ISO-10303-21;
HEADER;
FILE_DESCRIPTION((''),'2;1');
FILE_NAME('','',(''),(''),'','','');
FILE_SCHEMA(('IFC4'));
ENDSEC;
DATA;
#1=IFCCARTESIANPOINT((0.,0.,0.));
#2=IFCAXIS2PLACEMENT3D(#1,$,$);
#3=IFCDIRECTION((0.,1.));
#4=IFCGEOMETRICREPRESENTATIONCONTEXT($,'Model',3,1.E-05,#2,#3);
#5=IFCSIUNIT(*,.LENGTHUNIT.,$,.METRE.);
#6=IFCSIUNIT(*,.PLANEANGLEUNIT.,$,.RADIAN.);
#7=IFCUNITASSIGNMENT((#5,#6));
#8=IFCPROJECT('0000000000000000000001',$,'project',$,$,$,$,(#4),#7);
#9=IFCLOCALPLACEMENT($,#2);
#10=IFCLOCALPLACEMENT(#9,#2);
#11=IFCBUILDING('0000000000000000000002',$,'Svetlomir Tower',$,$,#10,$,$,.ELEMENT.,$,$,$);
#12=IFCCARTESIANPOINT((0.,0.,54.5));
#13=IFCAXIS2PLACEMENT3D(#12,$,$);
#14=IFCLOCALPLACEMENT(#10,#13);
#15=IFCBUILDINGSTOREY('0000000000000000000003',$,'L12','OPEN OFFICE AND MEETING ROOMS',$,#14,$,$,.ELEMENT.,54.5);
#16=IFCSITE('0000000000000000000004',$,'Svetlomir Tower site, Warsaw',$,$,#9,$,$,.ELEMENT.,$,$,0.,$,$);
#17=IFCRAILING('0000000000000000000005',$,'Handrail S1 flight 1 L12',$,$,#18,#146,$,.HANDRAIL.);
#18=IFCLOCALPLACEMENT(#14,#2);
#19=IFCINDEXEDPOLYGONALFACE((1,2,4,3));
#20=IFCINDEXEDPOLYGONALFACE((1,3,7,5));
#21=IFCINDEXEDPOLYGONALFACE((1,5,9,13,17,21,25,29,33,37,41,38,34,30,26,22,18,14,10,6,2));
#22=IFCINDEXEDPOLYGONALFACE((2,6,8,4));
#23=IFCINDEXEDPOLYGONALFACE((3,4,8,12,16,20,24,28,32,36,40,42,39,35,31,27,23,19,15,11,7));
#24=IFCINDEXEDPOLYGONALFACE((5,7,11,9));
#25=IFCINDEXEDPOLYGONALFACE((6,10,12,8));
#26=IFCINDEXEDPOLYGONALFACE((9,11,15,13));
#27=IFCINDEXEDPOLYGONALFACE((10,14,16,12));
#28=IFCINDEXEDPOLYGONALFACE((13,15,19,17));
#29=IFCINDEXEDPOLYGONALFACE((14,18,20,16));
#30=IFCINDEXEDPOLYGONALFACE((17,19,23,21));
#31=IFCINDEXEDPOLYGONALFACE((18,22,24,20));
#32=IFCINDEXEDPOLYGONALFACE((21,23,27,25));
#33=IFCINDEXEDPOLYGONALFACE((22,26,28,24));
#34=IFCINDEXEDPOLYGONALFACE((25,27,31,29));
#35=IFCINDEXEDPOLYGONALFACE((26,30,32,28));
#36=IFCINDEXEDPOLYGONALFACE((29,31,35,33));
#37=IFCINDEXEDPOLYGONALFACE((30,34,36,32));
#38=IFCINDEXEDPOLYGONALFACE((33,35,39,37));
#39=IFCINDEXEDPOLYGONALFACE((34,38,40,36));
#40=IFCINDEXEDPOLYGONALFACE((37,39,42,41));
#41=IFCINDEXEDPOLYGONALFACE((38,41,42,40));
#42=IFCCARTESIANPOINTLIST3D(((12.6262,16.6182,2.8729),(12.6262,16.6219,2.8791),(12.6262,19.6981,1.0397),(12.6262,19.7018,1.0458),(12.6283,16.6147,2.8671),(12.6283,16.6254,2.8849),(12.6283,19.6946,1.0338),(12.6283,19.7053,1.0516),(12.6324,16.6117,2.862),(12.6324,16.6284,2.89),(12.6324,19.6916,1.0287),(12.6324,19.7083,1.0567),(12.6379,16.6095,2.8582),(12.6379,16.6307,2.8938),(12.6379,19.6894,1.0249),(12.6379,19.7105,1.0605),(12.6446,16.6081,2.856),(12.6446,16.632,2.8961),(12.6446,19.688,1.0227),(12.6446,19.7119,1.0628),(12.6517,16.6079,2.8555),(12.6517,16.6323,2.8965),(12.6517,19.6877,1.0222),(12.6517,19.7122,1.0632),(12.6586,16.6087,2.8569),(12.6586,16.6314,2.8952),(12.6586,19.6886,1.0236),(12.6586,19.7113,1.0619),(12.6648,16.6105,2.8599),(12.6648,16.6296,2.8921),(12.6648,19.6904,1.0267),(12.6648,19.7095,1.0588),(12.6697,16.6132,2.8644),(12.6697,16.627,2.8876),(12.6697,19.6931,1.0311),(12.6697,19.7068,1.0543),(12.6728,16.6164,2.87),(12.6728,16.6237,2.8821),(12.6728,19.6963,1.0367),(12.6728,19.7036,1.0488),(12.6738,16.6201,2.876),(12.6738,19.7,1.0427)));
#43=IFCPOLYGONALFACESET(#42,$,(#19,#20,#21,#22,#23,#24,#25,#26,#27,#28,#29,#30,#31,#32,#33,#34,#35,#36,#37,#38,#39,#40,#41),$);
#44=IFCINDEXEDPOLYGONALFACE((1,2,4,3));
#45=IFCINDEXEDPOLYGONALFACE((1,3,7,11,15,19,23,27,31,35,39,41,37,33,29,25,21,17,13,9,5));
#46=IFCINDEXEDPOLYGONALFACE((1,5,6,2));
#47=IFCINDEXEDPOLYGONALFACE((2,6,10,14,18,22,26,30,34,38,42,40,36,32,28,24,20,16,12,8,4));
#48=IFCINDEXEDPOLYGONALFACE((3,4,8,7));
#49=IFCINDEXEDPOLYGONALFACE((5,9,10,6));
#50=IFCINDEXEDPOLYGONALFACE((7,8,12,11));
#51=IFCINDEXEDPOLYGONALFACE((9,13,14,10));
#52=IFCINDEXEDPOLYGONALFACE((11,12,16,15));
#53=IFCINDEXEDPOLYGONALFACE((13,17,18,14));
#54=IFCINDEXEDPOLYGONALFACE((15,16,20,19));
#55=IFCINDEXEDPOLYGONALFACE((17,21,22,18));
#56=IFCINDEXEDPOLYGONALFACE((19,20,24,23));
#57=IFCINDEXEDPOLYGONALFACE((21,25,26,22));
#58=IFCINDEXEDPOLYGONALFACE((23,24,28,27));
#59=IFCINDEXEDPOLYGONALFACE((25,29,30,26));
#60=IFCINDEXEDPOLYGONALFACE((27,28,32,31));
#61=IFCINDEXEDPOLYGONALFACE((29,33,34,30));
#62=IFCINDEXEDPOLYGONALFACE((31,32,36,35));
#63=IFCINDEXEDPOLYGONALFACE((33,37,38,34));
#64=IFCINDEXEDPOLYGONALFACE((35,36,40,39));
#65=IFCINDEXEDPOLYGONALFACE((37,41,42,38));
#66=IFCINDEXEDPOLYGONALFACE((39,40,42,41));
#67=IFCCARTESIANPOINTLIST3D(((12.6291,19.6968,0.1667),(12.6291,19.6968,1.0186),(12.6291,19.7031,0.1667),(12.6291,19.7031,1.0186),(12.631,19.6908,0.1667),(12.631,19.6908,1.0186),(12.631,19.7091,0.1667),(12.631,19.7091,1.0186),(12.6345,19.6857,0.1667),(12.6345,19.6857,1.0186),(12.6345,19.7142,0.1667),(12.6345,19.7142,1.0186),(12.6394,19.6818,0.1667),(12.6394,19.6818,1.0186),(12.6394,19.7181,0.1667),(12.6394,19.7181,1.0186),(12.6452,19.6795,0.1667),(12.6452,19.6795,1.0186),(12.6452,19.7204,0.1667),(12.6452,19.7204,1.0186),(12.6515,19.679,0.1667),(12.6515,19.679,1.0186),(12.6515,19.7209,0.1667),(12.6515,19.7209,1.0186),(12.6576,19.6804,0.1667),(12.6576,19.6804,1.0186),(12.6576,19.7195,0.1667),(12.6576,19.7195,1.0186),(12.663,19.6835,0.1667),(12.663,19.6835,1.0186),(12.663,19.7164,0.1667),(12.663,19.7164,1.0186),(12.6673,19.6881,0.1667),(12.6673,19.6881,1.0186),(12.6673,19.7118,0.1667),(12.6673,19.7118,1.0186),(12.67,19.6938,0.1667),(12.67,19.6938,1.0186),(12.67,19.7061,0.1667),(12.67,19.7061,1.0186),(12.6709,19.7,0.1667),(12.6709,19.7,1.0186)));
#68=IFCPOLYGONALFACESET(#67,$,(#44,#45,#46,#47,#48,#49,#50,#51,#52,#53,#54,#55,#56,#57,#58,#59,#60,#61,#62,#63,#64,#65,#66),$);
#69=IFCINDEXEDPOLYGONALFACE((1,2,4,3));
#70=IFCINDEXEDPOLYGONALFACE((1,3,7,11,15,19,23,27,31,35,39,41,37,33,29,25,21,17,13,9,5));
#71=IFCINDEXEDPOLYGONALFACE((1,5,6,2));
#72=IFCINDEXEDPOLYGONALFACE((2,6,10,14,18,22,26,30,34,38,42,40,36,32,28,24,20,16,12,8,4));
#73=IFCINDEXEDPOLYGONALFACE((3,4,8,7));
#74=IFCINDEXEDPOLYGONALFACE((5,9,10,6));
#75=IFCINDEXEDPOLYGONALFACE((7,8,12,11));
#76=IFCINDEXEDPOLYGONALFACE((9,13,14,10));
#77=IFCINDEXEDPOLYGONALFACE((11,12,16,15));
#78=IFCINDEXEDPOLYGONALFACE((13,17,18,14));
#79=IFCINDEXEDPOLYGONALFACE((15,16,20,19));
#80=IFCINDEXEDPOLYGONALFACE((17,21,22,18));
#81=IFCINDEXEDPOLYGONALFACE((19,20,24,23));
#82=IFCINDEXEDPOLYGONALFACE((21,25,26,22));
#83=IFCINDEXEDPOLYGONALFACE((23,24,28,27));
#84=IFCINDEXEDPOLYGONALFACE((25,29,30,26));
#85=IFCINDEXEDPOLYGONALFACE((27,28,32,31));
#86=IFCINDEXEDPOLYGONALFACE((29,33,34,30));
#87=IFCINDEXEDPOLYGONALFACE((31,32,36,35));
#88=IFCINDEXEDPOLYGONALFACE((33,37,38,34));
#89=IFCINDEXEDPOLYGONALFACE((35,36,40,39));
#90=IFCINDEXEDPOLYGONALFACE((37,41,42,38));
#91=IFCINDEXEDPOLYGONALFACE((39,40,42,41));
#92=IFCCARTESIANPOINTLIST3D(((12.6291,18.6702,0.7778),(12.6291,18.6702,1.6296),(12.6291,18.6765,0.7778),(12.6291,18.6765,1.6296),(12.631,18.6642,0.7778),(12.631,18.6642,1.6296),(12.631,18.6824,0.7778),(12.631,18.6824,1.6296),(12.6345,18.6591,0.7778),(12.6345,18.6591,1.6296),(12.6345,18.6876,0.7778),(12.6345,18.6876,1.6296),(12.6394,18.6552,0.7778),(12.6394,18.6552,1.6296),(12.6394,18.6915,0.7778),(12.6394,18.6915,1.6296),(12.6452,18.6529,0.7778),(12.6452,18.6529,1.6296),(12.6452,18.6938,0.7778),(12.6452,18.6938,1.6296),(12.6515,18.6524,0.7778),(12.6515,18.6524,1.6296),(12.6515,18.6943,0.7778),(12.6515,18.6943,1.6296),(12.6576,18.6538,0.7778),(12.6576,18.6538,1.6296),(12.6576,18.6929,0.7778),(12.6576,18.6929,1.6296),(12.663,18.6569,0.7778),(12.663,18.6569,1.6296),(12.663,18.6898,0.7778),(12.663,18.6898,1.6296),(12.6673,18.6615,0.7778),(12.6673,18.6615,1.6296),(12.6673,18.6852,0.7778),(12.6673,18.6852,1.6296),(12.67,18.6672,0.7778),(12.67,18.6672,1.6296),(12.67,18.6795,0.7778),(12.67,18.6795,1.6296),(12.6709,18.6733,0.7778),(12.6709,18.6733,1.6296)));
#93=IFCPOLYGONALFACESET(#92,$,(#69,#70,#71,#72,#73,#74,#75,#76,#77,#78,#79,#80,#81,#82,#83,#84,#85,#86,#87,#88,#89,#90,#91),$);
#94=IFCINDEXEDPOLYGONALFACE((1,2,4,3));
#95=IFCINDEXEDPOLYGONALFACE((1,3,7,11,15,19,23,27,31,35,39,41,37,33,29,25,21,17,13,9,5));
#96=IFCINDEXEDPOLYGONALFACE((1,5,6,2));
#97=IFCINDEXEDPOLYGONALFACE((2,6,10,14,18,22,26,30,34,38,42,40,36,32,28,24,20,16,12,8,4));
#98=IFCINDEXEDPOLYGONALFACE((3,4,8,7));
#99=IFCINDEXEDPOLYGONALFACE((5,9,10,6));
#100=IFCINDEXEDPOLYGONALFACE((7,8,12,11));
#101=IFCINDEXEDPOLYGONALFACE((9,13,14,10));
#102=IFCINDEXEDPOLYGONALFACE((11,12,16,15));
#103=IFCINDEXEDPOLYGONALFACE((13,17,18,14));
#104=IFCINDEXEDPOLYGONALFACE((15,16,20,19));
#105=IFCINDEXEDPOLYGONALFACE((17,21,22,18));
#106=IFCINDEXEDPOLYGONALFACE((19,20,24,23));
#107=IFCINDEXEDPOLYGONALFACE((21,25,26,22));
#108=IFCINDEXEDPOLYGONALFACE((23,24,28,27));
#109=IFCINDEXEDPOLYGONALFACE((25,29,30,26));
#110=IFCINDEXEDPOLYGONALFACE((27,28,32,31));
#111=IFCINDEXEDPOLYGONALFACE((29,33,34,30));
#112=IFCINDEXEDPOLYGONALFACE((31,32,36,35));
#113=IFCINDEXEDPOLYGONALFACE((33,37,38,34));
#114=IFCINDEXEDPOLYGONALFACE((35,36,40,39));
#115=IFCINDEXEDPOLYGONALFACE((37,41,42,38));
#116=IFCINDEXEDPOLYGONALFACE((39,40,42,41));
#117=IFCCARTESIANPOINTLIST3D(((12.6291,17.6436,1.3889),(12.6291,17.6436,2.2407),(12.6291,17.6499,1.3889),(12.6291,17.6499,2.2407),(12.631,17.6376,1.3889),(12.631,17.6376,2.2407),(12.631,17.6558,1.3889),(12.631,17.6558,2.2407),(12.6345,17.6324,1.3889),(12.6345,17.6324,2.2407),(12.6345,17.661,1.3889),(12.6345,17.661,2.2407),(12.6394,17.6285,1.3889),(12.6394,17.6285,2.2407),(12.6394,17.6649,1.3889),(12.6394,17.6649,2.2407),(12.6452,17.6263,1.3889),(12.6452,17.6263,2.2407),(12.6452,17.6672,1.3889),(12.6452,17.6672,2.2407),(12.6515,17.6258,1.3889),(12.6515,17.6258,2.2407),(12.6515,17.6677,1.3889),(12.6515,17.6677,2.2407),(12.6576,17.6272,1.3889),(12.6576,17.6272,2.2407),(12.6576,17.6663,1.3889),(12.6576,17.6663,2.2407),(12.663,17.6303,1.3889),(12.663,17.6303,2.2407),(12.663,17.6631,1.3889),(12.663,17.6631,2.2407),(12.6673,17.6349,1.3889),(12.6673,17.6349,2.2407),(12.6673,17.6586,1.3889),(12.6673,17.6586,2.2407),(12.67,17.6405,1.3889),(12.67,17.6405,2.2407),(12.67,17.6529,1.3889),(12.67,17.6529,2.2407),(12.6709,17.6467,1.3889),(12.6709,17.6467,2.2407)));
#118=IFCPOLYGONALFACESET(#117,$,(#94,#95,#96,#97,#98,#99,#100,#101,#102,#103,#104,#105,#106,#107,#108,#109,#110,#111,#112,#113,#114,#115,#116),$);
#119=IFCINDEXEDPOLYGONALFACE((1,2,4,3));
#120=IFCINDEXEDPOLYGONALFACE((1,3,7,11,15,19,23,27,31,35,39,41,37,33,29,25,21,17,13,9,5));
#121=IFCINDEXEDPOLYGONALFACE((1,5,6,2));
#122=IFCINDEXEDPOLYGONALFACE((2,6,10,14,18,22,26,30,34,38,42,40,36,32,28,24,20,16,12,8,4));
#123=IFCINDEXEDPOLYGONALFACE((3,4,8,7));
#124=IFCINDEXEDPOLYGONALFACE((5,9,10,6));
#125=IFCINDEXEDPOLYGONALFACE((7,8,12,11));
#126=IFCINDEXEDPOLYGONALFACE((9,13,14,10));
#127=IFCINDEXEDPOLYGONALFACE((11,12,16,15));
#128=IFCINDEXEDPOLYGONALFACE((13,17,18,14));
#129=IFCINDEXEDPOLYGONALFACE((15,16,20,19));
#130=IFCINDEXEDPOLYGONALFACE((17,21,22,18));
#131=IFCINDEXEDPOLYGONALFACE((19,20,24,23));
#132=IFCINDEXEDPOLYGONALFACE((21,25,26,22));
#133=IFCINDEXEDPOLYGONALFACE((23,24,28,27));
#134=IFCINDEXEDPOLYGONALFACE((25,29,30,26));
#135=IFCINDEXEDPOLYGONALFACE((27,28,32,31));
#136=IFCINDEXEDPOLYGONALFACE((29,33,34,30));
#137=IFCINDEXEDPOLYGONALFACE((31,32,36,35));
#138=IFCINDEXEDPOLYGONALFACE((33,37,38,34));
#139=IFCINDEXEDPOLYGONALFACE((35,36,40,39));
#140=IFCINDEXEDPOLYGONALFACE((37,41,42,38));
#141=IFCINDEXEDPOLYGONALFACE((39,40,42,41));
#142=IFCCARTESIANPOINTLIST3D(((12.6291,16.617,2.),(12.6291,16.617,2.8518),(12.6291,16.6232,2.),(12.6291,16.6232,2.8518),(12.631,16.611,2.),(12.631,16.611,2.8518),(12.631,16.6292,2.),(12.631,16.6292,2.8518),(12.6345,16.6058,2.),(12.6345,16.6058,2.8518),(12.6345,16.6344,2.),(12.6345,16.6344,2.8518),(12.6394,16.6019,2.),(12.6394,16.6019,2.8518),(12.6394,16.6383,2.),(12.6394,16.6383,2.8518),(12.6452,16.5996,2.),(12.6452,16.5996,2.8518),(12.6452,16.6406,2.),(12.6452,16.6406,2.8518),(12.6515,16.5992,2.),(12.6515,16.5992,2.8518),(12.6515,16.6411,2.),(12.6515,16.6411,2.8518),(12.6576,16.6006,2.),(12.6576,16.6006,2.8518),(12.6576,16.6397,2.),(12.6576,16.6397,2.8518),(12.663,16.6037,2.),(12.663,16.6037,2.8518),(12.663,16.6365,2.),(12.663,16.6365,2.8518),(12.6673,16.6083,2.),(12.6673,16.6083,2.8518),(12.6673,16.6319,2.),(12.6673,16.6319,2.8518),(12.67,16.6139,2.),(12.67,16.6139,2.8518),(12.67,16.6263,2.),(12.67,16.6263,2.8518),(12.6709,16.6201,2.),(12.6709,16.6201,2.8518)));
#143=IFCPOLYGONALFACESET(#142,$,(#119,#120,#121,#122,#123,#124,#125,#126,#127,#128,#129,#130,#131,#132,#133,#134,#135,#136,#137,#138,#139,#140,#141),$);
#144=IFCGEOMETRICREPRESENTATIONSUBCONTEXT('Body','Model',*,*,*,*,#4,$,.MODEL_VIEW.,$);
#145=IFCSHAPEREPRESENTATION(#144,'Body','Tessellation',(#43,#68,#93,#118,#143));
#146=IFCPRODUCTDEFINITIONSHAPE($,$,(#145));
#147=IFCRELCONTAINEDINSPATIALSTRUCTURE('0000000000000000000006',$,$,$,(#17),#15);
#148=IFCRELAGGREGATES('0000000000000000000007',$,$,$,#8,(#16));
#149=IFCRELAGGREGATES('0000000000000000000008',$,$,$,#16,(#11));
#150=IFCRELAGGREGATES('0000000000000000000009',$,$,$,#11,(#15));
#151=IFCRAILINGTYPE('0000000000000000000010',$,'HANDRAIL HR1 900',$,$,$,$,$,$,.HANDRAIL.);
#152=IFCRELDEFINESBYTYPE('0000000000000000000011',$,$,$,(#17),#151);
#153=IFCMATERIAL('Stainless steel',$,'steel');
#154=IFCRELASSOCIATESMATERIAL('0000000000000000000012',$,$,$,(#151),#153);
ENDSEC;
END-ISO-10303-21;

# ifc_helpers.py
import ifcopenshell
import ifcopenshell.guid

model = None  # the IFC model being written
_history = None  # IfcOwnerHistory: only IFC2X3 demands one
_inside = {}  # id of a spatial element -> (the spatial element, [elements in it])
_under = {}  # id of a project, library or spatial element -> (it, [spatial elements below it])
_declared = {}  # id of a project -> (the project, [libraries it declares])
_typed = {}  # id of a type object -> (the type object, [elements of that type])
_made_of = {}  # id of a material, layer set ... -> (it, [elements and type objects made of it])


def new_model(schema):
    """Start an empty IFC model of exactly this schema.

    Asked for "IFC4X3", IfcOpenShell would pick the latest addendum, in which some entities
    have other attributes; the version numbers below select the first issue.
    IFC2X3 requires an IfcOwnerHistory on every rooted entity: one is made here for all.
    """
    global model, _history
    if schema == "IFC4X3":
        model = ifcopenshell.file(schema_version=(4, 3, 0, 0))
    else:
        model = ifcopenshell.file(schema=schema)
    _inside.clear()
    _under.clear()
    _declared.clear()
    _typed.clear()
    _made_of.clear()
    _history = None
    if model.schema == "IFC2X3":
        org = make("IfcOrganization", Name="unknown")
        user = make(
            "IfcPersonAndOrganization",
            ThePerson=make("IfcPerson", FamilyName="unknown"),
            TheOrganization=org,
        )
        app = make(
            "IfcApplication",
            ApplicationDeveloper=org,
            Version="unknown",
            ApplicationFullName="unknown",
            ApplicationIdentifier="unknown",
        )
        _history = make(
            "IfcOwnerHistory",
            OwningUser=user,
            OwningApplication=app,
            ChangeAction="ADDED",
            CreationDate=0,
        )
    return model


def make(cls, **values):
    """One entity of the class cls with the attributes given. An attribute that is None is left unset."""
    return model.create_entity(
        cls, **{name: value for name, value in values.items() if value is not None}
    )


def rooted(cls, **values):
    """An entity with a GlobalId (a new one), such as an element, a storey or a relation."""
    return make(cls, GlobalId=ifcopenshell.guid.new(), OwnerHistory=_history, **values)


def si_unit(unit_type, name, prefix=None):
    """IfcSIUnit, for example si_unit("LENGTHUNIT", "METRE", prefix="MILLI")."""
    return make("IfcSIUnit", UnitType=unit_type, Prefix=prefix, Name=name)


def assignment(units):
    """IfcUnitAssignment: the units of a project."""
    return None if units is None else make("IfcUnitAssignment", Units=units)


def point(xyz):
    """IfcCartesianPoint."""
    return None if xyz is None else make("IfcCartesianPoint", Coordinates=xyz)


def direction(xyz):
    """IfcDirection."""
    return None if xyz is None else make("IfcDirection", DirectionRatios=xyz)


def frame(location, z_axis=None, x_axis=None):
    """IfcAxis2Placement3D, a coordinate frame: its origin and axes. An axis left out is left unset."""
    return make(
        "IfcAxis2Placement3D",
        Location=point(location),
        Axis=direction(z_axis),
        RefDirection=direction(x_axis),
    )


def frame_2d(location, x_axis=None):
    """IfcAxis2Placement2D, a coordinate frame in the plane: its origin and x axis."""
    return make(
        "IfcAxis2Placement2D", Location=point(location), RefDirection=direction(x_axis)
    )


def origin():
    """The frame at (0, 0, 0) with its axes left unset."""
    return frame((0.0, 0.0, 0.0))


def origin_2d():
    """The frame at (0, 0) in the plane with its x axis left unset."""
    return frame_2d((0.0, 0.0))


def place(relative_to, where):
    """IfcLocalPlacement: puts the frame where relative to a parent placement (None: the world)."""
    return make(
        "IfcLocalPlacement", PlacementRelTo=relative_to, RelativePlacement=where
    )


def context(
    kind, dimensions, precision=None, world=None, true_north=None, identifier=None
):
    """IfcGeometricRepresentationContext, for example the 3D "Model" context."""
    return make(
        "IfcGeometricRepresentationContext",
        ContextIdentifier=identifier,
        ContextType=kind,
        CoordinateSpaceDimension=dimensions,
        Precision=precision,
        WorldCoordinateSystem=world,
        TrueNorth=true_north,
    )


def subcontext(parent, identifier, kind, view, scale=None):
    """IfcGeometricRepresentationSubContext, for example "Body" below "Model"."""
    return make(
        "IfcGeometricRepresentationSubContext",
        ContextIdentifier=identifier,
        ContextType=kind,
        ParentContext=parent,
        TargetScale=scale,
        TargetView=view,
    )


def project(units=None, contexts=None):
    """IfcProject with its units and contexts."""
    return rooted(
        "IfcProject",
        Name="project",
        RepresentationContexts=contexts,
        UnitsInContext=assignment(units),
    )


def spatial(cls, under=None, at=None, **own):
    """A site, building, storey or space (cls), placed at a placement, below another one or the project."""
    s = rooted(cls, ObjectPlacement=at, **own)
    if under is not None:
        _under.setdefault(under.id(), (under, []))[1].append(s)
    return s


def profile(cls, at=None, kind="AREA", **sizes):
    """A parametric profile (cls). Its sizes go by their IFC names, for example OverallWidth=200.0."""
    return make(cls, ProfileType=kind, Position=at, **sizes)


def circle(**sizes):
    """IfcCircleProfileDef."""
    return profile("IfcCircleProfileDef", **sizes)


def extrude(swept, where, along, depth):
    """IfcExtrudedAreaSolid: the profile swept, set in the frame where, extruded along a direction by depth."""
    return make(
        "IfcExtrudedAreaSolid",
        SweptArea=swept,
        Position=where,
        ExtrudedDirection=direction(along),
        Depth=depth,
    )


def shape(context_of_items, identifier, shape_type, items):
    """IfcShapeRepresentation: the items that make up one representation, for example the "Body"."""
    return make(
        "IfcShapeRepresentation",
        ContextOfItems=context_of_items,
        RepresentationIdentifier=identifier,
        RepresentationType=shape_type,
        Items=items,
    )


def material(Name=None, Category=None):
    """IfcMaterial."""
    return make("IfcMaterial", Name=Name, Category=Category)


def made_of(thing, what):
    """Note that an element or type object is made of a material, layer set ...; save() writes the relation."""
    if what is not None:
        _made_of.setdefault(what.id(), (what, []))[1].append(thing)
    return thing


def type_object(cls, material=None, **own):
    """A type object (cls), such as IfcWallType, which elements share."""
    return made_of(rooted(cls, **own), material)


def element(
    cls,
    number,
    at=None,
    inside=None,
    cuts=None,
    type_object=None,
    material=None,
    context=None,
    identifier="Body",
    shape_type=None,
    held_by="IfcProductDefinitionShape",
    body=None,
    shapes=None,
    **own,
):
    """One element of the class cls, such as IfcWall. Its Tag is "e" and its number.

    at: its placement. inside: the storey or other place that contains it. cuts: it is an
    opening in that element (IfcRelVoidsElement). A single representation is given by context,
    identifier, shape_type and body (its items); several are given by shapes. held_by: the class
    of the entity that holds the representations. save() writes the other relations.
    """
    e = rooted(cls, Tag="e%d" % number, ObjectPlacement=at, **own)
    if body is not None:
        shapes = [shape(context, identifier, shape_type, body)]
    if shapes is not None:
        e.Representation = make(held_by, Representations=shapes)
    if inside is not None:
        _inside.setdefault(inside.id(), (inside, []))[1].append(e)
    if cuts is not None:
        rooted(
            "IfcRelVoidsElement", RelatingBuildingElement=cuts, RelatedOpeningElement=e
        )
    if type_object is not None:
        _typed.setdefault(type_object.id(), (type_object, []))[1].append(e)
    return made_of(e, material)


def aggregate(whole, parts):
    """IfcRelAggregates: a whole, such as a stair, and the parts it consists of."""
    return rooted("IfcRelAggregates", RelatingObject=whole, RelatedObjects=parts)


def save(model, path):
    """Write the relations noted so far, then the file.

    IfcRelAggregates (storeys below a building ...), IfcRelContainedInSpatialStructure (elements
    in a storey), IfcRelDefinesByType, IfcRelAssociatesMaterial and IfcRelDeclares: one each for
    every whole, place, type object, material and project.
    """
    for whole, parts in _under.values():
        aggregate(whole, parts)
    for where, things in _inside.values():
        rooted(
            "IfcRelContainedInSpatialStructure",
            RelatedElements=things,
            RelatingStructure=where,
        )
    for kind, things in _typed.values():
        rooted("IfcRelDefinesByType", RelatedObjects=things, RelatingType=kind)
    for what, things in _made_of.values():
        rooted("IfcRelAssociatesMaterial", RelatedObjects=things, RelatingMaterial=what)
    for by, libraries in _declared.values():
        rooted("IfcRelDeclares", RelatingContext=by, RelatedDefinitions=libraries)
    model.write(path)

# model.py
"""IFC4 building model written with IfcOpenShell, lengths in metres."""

from ifc_helpers import new_model, si_unit, direction, frame, origin, origin_2d, place, context, subcontext, project, spatial, circle, extrude, material, type_object, element, save


model = new_model("IFC4")

# Units and contexts
model_context = context("Model", 3, precision=1e-05, world=origin(), true_north=direction((0.0, 1.0)))
body_context = subcontext(model_context, "Body", "Model", "MODEL_VIEW")
ifc_project = project(units=[si_unit("LENGTHUNIT", "METRE"), si_unit("PLANEANGLEUNIT", "RADIAN")], contexts=[model_context])

# Site, building, storey
site_placement = place(None, origin())
site = spatial("IfcSite", under=ifc_project, at=site_placement, Name="Svetlomir Tower site, Warsaw", CompositionType="ELEMENT", RefElevation=0.0)
building_placement = place(site_placement, origin())
building = spatial("IfcBuilding", under=site, at=building_placement, Name="Svetlomir Tower", CompositionType="ELEMENT")
storey_placement = place(building_placement, frame((0.0, 0.0, 54.5)))
storey = spatial("IfcBuildingStorey", under=building, at=storey_placement, Name="L12", Description="OPEN OFFICE AND MEETING ROOMS", CompositionType="ELEMENT", Elevation=54.5)

# Railing
ifc_material_1 = material(Name="Stainless steel", Category="steel")
railing_type_1 = type_object("IfcRailingType", Name="HANDRAIL HR1 900", PredefinedType="HANDRAIL", material=ifc_material_1)
railing_1_placement = place(storey_placement, frame((12.6499, 19.7, 0.1667)))
element("IfcRailing", 1, at=railing_1_placement, inside=storey, type_object=railing_type_1, Name="Handrail S1 flight 1 L12", PredefinedType="HANDRAIL", context=body_context, shape_type="SweptSolid", body=[
    extrude(circle(Radius=0.0239, at=origin_2d()), frame((0.0, 0.0, 0.876), z_axis=(0.0, -0.859291, 0.511487), x_axis=(1.0, 0.0, 0.0)), (0.0, 0.0, 1.0), 3.5842),
    extrude(circle(Radius=0.021, at=origin_2d()), origin(), (0.0, 0.0, 1.0), 0.8518),
    extrude(circle(Radius=0.021, at=origin_2d()), frame((0.0, -1.0266, 0.6111)), (0.0, 0.0, 1.0), 0.8518),
    extrude(circle(Radius=0.021, at=origin_2d()), frame((0.0, -2.0532, 1.2222)), (0.0, 0.0, 1.0), 0.8518),
    extrude(circle(Radius=0.021, at=origin_2d()), frame((0.0, -3.0798, 1.8333)), (0.0, 0.0, 1.0), 0.8518),
])

save(model, "model.ifc")
